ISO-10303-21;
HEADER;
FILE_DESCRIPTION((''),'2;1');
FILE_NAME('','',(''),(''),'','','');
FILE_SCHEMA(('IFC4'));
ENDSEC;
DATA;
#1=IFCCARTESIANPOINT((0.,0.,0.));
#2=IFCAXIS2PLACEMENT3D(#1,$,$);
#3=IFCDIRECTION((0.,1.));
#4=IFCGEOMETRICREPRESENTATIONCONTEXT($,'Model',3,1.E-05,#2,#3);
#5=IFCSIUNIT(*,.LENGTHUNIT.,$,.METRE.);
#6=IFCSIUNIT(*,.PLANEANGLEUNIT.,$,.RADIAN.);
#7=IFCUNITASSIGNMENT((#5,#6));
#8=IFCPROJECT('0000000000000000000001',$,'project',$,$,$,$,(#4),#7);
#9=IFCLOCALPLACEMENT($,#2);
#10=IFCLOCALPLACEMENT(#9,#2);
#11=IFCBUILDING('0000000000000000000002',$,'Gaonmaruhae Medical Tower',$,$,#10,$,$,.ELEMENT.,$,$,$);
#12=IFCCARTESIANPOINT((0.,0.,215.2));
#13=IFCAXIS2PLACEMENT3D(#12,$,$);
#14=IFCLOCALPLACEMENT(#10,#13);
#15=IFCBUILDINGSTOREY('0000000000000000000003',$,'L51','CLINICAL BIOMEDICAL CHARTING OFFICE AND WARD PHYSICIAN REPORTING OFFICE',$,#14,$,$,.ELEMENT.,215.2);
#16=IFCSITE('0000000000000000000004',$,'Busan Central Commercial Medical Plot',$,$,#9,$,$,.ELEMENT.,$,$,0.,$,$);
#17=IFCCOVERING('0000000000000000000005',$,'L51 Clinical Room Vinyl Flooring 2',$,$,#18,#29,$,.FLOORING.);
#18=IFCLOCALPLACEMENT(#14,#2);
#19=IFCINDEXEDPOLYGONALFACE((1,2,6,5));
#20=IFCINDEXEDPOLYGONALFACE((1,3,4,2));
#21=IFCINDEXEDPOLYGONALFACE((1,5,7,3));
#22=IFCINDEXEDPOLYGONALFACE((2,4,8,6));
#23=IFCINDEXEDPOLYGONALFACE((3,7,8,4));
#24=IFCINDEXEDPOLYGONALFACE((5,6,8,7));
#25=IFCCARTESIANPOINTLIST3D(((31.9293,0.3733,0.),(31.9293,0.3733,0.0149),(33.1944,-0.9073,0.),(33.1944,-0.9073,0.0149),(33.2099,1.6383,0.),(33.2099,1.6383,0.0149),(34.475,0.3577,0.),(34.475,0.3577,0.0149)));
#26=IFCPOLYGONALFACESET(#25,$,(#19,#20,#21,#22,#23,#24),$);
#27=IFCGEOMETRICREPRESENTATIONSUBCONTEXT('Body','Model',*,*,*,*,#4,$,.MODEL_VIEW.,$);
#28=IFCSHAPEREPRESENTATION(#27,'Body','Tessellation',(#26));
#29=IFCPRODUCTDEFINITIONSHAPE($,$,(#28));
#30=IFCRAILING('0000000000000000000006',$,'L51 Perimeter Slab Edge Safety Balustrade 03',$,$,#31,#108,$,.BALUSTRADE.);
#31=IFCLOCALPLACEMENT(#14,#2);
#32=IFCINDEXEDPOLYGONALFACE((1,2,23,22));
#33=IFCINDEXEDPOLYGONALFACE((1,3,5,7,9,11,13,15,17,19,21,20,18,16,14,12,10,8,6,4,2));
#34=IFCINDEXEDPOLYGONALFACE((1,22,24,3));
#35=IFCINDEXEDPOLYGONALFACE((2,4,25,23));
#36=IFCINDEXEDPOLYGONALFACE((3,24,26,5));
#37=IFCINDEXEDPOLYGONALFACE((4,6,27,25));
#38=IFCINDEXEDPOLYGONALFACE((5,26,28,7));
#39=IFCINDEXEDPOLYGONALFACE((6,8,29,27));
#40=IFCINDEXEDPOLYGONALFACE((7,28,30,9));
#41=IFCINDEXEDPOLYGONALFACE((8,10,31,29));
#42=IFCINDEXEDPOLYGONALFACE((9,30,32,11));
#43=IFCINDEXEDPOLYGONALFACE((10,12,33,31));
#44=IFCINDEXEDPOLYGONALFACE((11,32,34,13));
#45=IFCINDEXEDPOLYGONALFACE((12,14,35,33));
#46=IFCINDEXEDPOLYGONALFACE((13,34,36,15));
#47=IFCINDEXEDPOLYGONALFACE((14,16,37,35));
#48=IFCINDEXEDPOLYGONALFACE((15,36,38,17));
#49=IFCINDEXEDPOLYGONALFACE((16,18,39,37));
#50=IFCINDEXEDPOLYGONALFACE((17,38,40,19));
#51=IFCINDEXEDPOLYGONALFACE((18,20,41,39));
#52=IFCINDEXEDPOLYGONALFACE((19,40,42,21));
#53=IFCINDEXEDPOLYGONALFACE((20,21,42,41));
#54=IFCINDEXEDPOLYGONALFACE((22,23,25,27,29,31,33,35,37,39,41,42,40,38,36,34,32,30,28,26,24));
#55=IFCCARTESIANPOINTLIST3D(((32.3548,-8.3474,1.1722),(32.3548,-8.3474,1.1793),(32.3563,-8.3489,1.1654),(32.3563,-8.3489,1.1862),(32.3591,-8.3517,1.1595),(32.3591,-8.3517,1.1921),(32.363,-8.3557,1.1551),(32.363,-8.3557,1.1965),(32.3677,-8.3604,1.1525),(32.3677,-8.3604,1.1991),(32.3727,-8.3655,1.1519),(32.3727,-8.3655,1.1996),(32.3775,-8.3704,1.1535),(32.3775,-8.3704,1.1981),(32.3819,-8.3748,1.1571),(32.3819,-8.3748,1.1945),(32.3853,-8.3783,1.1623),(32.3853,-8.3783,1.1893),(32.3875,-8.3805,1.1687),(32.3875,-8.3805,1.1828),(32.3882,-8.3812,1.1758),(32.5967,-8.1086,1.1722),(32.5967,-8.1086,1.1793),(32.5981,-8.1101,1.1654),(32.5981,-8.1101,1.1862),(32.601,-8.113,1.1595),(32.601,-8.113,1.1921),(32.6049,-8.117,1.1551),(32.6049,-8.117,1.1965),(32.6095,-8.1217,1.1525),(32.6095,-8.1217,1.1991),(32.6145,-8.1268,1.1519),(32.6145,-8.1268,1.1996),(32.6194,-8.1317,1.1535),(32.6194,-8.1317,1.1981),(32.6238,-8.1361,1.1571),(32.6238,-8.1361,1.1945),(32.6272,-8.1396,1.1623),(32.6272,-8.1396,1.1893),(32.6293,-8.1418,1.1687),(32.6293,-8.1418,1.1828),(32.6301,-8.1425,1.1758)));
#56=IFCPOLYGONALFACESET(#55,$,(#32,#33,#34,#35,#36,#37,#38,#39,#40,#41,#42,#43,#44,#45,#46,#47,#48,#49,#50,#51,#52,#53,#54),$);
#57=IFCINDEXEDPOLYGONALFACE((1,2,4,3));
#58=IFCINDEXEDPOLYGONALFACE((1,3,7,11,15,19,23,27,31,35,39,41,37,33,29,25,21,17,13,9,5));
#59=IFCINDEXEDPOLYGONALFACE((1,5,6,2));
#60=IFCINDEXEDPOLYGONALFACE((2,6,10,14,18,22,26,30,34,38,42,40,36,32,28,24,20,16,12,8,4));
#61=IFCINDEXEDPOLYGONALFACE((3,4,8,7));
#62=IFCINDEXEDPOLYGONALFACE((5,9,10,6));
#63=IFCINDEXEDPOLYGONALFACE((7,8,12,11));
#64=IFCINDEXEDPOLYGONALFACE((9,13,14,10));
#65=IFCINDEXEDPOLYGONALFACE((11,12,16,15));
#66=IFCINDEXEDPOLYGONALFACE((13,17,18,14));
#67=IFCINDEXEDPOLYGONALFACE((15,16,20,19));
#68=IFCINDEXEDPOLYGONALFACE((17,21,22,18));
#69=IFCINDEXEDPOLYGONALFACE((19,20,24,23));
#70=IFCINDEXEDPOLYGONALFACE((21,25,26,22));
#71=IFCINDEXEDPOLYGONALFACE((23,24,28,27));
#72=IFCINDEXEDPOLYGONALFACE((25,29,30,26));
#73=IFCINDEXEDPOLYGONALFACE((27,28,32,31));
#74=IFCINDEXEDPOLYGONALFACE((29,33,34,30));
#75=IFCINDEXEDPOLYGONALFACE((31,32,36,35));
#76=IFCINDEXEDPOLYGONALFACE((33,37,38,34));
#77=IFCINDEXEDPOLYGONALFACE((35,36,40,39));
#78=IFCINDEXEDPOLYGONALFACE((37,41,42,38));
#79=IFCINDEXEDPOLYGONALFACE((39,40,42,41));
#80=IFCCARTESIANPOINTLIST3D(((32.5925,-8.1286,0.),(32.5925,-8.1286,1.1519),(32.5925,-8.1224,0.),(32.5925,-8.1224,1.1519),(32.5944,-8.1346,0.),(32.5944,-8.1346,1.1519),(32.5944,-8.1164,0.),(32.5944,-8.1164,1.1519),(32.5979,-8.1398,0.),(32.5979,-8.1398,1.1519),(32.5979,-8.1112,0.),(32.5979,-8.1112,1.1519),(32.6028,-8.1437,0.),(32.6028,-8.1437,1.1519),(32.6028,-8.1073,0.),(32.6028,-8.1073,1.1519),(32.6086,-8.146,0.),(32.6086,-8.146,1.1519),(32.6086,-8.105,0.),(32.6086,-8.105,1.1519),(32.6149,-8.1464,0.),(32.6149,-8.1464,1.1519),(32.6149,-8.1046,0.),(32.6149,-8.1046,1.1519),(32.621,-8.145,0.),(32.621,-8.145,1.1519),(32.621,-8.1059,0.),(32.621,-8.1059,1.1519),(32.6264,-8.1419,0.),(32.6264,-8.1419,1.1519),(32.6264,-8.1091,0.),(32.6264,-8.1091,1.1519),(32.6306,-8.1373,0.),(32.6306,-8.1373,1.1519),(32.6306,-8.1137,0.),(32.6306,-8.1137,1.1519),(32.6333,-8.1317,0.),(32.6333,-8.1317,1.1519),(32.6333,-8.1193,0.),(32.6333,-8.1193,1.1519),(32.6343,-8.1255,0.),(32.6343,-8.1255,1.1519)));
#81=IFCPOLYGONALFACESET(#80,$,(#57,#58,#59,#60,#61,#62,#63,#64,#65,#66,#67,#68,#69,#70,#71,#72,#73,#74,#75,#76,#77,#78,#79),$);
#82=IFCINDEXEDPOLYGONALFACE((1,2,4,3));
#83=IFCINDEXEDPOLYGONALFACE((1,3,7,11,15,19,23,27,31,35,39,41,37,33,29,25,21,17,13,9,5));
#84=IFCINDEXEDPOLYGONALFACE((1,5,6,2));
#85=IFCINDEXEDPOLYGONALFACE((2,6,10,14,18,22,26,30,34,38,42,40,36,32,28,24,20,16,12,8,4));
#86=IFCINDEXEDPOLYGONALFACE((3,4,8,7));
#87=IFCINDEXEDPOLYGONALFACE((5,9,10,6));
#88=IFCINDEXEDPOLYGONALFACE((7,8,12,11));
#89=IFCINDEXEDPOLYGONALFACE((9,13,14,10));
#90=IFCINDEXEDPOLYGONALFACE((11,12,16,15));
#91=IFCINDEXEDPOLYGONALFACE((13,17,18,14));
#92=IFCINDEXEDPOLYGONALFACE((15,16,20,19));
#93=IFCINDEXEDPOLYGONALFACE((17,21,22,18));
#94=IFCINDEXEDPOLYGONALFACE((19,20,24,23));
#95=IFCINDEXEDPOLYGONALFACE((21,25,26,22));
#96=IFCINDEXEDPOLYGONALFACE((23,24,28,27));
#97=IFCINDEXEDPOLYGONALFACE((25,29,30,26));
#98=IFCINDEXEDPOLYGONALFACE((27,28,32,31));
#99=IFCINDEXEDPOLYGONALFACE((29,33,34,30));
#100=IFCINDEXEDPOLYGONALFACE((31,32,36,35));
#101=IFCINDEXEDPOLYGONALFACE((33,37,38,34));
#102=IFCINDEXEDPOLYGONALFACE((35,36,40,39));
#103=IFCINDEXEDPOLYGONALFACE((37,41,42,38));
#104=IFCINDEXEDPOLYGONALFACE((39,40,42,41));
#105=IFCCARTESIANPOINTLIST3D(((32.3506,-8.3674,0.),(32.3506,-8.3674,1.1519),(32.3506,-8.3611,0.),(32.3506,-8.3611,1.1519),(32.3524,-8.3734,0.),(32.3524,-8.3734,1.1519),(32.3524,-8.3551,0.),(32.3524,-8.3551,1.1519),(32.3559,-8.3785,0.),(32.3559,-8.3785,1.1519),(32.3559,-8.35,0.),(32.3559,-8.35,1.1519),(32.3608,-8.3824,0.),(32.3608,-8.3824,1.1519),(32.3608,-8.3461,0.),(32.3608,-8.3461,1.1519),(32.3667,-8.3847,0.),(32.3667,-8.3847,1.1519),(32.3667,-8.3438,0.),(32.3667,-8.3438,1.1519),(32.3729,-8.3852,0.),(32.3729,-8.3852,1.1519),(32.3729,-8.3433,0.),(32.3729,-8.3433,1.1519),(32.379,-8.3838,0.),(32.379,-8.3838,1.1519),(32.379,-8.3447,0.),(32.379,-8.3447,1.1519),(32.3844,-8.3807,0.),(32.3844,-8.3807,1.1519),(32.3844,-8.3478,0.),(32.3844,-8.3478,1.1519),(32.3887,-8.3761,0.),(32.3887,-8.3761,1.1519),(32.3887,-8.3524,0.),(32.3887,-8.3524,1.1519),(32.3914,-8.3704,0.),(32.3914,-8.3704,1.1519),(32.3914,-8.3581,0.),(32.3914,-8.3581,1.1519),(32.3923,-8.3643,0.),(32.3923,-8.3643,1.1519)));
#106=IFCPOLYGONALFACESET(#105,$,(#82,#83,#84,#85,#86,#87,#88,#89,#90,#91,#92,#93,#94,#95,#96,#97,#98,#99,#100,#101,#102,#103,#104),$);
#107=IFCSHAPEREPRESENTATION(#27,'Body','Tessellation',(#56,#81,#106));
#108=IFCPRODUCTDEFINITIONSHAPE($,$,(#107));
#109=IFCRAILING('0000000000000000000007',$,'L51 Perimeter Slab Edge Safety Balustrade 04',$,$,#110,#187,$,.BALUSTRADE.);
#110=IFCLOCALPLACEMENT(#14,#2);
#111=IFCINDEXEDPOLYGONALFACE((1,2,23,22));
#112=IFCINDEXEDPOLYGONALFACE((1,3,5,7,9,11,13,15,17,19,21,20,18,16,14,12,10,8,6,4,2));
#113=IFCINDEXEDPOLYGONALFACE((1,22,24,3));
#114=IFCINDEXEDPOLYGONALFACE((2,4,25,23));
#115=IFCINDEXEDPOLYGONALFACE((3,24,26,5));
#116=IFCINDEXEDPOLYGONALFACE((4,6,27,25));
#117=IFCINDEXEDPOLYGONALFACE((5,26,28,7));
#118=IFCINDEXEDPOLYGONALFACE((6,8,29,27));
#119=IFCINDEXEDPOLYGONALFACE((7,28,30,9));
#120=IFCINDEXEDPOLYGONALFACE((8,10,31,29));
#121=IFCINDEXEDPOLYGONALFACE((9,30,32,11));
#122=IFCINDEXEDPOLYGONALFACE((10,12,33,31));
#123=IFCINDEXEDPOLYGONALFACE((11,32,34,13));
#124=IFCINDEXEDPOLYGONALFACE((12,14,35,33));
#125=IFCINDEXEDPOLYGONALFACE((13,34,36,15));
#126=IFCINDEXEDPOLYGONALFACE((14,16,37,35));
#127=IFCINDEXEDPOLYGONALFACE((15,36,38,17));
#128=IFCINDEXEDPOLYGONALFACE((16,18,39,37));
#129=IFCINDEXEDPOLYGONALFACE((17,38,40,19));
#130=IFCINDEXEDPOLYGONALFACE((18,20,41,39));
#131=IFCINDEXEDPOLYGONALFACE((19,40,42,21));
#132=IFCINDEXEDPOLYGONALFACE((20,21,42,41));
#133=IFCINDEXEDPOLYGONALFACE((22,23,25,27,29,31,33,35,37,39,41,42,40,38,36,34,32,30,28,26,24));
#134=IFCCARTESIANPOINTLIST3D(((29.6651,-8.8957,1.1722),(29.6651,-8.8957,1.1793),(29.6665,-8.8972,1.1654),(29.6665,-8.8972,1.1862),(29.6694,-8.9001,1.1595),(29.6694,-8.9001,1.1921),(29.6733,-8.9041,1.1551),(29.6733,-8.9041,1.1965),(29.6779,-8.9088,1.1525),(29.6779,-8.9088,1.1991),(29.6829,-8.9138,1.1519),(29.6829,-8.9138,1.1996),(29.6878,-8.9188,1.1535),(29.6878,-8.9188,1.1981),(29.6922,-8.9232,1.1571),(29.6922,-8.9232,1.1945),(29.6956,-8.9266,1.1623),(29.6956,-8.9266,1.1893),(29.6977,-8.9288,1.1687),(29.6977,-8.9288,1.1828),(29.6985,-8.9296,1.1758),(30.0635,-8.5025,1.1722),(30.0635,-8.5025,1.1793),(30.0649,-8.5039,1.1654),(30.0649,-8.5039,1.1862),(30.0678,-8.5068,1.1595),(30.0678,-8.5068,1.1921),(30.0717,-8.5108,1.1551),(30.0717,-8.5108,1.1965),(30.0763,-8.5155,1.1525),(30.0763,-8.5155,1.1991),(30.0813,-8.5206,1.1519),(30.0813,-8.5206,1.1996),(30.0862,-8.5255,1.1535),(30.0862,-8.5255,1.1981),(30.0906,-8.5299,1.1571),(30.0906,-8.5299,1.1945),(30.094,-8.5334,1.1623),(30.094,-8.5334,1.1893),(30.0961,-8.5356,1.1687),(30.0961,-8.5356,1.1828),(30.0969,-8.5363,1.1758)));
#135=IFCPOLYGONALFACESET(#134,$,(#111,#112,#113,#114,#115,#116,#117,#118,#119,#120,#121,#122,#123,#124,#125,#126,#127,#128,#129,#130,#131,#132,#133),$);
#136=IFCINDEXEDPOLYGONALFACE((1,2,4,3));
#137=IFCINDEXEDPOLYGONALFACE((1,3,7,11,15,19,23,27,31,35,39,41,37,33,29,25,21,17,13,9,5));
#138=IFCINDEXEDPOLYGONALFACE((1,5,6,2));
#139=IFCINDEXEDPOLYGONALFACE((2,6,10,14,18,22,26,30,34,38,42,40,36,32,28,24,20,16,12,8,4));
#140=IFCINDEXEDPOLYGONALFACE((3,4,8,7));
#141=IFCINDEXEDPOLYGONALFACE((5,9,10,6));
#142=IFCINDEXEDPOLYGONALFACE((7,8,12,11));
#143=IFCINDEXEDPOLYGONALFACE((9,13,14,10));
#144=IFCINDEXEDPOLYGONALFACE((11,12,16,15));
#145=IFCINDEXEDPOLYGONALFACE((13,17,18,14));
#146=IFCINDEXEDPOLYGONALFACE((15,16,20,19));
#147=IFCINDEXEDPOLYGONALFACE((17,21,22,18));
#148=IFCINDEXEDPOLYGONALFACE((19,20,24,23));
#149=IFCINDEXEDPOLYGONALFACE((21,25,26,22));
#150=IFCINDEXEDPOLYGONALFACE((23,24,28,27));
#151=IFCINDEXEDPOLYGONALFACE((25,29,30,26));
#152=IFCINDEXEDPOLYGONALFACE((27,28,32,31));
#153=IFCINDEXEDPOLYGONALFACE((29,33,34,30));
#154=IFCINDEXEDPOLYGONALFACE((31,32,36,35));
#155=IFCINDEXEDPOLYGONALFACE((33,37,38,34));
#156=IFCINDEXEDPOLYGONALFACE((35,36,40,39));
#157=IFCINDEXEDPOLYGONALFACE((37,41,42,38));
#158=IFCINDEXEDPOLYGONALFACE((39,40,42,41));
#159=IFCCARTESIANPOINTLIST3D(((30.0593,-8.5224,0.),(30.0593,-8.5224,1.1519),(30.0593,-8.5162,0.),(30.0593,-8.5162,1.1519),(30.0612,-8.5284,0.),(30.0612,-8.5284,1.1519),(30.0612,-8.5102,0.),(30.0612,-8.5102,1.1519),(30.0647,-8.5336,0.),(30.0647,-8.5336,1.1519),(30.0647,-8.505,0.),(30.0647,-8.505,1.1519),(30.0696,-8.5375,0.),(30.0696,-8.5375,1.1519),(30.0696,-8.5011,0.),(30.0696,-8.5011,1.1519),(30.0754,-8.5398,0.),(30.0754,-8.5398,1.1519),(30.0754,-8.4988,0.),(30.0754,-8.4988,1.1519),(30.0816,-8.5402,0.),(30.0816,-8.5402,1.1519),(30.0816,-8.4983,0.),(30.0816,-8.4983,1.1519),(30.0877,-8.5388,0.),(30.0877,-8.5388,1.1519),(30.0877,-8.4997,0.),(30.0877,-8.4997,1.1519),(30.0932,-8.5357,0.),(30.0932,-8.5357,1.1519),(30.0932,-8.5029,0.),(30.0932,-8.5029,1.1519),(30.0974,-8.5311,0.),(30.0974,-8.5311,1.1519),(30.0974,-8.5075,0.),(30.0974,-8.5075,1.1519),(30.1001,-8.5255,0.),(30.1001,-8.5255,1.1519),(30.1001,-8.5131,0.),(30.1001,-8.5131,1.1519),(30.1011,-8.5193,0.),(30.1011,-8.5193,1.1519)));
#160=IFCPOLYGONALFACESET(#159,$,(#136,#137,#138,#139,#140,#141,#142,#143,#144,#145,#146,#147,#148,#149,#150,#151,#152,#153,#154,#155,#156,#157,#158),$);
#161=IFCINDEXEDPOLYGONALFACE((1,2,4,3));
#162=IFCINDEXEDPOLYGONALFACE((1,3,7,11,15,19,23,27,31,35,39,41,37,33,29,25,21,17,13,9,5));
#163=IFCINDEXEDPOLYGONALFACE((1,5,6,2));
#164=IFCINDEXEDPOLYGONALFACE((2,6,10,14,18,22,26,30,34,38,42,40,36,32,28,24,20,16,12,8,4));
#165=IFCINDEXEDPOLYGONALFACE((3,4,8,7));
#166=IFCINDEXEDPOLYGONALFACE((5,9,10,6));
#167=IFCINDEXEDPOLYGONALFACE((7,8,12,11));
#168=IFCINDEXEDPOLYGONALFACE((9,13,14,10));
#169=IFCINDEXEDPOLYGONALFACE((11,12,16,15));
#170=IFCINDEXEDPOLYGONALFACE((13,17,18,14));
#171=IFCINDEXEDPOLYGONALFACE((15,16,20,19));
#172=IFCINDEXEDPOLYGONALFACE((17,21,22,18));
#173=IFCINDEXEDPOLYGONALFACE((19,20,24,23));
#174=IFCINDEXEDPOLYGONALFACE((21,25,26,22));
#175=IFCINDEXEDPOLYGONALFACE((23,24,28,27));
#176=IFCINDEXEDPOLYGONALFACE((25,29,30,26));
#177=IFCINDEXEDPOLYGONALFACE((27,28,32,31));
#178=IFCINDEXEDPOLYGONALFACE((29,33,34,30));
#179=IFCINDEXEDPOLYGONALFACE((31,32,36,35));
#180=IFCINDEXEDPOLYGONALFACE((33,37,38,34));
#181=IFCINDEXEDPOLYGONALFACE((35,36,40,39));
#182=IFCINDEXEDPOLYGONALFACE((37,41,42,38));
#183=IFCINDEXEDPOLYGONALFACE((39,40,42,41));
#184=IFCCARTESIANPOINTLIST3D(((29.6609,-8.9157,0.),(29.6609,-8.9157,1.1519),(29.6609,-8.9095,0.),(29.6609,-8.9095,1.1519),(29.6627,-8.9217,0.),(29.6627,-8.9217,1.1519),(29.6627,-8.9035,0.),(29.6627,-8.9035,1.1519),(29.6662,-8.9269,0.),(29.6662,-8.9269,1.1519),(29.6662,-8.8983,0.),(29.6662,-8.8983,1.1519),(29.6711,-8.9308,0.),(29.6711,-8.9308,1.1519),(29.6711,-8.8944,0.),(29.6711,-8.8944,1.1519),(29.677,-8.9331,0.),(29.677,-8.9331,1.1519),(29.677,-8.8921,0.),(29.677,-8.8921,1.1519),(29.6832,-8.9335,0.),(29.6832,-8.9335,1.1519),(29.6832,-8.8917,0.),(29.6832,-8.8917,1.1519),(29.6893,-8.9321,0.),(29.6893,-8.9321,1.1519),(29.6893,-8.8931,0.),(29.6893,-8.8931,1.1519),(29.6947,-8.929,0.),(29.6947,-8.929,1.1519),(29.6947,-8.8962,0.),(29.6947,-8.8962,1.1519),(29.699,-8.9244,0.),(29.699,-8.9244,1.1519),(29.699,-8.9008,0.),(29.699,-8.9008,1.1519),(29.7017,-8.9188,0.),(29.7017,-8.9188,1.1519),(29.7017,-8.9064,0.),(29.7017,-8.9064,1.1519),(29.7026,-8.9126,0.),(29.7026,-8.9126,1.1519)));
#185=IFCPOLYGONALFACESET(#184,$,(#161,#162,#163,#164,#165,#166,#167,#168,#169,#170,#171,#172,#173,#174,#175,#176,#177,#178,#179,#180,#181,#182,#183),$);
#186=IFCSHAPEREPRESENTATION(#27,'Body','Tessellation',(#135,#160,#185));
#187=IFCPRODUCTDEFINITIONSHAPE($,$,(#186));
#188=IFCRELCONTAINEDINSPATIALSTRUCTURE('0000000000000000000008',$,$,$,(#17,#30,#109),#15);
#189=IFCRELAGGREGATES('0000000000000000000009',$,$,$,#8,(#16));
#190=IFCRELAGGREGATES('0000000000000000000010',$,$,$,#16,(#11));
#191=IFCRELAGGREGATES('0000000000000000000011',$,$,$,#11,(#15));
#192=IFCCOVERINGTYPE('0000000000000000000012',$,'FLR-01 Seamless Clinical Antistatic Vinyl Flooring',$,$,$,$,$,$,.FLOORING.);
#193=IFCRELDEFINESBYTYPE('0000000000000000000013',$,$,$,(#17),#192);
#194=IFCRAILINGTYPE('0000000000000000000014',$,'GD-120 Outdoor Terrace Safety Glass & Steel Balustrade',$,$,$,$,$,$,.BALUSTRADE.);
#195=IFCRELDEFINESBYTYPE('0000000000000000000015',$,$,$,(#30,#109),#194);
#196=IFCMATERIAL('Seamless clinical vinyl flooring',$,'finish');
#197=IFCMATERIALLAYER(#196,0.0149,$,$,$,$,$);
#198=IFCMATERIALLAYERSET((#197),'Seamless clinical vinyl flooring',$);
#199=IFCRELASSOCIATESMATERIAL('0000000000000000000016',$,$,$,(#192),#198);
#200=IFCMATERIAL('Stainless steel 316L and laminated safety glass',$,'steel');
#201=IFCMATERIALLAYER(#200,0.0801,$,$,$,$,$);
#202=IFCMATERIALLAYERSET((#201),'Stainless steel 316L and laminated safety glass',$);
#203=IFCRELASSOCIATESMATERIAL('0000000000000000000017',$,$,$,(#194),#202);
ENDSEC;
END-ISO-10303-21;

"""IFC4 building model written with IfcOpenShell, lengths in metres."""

from ifc_helpers import new_model, si_unit, direction, frame, origin, origin_2d, place, context, subcontext, project, spatial, rectangle, circle, extrude, material, layer, layer_set, type_object, element, save


model = new_model("IFC4")

# Units and contexts
model_context = context("Model", 3, precision=1e-05, world=origin(), true_north=direction((0.0, 1.0)))
body_context = subcontext(model_context, "Body", "Model", "MODEL_VIEW")
ifc_project = project(units=[si_unit("LENGTHUNIT", "METRE"), si_unit("PLANEANGLEUNIT", "RADIAN")], contexts=[model_context])

# Site, building, storey
site_placement = place(None, origin())
site = spatial("IfcSite", under=ifc_project, at=site_placement, Name="Busan Central Commercial Medical Plot", CompositionType="ELEMENT", RefElevation=0.0)
building_placement = place(site_placement, origin())
building = spatial("IfcBuilding", under=site, at=building_placement, Name="Gaonmaruhae Medical Tower", CompositionType="ELEMENT")
storey_placement = place(building_placement, frame((0.0, 0.0, 215.2)))
storey = spatial("IfcBuildingStorey", under=building, at=storey_placement, Name="L51", Description="CLINICAL BIOMEDICAL CHARTING OFFICE AND WARD PHYSICIAN REPORTING OFFICE", CompositionType="ELEMENT", Elevation=215.2)

# Covering
ifc_material_1 = material(Name="Seamless clinical vinyl flooring", Category="finish")
ifc_layer_1 = layer(ifc_material_1, 0.0149)
ifc_layer_set_1 = layer_set([ifc_layer_1], Name="Seamless clinical vinyl flooring")
covering_type_1 = type_object("IfcCoveringType", Name="FLR-01 Seamless Clinical Antistatic Vinyl Flooring", PredefinedType="FLOORING", material=ifc_layer_set_1)
covering_1_placement = place(storey_placement, frame((33.2021, 0.3655, 0.0), z_axis=(0.0, 0.0, 1.0), x_axis=(0.711413, 0.702774, 0.0)))
element("IfcCovering", 1, at=covering_1_placement, inside=storey, type_object=covering_type_1, Name="L51 Clinical Room Vinyl Flooring 2", PredefinedType="FLOORING", context=body_context, shape_type="SweptSolid", body=[
    extrude(rectangle(XDim=1.8, YDim=1.8, at=origin_2d()), origin(), (0.0, 0.0, 1.0), 0.0149),
])

# Railings
ifc_material_2 = material(Name="Stainless steel 316L and laminated safety glass", Category="steel")
ifc_layer_2 = layer(ifc_material_2, 0.0801)
ifc_layer_set_2 = layer_set([ifc_layer_2], Name="Stainless steel 316L and laminated safety glass")
railing_type = type_object("IfcRailingType", Name="GD-120 Outdoor Terrace Safety Glass & Steel Balustrade", PredefinedType="BALUSTRADE", material=ifc_layer_set_2)
railing_1_placement = place(storey_placement, frame((32.6133, -8.1255, 0.0)))
element("IfcRailing", 2, at=railing_1_placement, inside=storey, type_object=railing_type, Name="L51 Perimeter Slab Edge Safety Balustrade 03", PredefinedType="BALUSTRADE", context=body_context, shape_type="SweptSolid", body=[
    extrude(circle(Radius=0.0239, at=origin_2d()), frame((0.0, 0.0, 1.1758), z_axis=(-0.71176, -0.702423, 0.0), x_axis=(0.702423, -0.71176, 0.0)), (0.0, 0.0, 1.0), 0.3398),
    extrude(circle(Radius=0.021, at=origin_2d()), origin(), (0.0, 0.0, 1.0), 1.1519),
    extrude(circle(Radius=0.021, at=origin_2d()), frame((-0.2419, -0.2388, 0.0)), (0.0, 0.0, 1.0), 1.1519),
])
railing_2_placement = place(storey_placement, frame((30.0801, -8.5193, 0.0)))
element("IfcRailing", 3, at=railing_2_placement, inside=storey, type_object=railing_type, Name="L51 Perimeter Slab Edge Safety Balustrade 04", PredefinedType="BALUSTRADE", context=body_context, shape_type="SweptSolid", body=[
    extrude(circle(Radius=0.0239, at=origin_2d()), frame((0.0, 0.0, 1.1758), z_axis=(-0.711671, -0.702513, 0.0), x_axis=(0.702513, -0.711671, 0.0)), (0.0, 0.0, 1.0), 0.5598),
    extrude(circle(Radius=0.021, at=origin_2d()), origin(), (0.0, 0.0, 1.0), 1.1519),
    extrude(circle(Radius=0.021, at=origin_2d()), frame((-0.3984, -0.3933, 0.0)), (0.0, 0.0, 1.0), 1.1519),
])

save(model, "model.ifc")
